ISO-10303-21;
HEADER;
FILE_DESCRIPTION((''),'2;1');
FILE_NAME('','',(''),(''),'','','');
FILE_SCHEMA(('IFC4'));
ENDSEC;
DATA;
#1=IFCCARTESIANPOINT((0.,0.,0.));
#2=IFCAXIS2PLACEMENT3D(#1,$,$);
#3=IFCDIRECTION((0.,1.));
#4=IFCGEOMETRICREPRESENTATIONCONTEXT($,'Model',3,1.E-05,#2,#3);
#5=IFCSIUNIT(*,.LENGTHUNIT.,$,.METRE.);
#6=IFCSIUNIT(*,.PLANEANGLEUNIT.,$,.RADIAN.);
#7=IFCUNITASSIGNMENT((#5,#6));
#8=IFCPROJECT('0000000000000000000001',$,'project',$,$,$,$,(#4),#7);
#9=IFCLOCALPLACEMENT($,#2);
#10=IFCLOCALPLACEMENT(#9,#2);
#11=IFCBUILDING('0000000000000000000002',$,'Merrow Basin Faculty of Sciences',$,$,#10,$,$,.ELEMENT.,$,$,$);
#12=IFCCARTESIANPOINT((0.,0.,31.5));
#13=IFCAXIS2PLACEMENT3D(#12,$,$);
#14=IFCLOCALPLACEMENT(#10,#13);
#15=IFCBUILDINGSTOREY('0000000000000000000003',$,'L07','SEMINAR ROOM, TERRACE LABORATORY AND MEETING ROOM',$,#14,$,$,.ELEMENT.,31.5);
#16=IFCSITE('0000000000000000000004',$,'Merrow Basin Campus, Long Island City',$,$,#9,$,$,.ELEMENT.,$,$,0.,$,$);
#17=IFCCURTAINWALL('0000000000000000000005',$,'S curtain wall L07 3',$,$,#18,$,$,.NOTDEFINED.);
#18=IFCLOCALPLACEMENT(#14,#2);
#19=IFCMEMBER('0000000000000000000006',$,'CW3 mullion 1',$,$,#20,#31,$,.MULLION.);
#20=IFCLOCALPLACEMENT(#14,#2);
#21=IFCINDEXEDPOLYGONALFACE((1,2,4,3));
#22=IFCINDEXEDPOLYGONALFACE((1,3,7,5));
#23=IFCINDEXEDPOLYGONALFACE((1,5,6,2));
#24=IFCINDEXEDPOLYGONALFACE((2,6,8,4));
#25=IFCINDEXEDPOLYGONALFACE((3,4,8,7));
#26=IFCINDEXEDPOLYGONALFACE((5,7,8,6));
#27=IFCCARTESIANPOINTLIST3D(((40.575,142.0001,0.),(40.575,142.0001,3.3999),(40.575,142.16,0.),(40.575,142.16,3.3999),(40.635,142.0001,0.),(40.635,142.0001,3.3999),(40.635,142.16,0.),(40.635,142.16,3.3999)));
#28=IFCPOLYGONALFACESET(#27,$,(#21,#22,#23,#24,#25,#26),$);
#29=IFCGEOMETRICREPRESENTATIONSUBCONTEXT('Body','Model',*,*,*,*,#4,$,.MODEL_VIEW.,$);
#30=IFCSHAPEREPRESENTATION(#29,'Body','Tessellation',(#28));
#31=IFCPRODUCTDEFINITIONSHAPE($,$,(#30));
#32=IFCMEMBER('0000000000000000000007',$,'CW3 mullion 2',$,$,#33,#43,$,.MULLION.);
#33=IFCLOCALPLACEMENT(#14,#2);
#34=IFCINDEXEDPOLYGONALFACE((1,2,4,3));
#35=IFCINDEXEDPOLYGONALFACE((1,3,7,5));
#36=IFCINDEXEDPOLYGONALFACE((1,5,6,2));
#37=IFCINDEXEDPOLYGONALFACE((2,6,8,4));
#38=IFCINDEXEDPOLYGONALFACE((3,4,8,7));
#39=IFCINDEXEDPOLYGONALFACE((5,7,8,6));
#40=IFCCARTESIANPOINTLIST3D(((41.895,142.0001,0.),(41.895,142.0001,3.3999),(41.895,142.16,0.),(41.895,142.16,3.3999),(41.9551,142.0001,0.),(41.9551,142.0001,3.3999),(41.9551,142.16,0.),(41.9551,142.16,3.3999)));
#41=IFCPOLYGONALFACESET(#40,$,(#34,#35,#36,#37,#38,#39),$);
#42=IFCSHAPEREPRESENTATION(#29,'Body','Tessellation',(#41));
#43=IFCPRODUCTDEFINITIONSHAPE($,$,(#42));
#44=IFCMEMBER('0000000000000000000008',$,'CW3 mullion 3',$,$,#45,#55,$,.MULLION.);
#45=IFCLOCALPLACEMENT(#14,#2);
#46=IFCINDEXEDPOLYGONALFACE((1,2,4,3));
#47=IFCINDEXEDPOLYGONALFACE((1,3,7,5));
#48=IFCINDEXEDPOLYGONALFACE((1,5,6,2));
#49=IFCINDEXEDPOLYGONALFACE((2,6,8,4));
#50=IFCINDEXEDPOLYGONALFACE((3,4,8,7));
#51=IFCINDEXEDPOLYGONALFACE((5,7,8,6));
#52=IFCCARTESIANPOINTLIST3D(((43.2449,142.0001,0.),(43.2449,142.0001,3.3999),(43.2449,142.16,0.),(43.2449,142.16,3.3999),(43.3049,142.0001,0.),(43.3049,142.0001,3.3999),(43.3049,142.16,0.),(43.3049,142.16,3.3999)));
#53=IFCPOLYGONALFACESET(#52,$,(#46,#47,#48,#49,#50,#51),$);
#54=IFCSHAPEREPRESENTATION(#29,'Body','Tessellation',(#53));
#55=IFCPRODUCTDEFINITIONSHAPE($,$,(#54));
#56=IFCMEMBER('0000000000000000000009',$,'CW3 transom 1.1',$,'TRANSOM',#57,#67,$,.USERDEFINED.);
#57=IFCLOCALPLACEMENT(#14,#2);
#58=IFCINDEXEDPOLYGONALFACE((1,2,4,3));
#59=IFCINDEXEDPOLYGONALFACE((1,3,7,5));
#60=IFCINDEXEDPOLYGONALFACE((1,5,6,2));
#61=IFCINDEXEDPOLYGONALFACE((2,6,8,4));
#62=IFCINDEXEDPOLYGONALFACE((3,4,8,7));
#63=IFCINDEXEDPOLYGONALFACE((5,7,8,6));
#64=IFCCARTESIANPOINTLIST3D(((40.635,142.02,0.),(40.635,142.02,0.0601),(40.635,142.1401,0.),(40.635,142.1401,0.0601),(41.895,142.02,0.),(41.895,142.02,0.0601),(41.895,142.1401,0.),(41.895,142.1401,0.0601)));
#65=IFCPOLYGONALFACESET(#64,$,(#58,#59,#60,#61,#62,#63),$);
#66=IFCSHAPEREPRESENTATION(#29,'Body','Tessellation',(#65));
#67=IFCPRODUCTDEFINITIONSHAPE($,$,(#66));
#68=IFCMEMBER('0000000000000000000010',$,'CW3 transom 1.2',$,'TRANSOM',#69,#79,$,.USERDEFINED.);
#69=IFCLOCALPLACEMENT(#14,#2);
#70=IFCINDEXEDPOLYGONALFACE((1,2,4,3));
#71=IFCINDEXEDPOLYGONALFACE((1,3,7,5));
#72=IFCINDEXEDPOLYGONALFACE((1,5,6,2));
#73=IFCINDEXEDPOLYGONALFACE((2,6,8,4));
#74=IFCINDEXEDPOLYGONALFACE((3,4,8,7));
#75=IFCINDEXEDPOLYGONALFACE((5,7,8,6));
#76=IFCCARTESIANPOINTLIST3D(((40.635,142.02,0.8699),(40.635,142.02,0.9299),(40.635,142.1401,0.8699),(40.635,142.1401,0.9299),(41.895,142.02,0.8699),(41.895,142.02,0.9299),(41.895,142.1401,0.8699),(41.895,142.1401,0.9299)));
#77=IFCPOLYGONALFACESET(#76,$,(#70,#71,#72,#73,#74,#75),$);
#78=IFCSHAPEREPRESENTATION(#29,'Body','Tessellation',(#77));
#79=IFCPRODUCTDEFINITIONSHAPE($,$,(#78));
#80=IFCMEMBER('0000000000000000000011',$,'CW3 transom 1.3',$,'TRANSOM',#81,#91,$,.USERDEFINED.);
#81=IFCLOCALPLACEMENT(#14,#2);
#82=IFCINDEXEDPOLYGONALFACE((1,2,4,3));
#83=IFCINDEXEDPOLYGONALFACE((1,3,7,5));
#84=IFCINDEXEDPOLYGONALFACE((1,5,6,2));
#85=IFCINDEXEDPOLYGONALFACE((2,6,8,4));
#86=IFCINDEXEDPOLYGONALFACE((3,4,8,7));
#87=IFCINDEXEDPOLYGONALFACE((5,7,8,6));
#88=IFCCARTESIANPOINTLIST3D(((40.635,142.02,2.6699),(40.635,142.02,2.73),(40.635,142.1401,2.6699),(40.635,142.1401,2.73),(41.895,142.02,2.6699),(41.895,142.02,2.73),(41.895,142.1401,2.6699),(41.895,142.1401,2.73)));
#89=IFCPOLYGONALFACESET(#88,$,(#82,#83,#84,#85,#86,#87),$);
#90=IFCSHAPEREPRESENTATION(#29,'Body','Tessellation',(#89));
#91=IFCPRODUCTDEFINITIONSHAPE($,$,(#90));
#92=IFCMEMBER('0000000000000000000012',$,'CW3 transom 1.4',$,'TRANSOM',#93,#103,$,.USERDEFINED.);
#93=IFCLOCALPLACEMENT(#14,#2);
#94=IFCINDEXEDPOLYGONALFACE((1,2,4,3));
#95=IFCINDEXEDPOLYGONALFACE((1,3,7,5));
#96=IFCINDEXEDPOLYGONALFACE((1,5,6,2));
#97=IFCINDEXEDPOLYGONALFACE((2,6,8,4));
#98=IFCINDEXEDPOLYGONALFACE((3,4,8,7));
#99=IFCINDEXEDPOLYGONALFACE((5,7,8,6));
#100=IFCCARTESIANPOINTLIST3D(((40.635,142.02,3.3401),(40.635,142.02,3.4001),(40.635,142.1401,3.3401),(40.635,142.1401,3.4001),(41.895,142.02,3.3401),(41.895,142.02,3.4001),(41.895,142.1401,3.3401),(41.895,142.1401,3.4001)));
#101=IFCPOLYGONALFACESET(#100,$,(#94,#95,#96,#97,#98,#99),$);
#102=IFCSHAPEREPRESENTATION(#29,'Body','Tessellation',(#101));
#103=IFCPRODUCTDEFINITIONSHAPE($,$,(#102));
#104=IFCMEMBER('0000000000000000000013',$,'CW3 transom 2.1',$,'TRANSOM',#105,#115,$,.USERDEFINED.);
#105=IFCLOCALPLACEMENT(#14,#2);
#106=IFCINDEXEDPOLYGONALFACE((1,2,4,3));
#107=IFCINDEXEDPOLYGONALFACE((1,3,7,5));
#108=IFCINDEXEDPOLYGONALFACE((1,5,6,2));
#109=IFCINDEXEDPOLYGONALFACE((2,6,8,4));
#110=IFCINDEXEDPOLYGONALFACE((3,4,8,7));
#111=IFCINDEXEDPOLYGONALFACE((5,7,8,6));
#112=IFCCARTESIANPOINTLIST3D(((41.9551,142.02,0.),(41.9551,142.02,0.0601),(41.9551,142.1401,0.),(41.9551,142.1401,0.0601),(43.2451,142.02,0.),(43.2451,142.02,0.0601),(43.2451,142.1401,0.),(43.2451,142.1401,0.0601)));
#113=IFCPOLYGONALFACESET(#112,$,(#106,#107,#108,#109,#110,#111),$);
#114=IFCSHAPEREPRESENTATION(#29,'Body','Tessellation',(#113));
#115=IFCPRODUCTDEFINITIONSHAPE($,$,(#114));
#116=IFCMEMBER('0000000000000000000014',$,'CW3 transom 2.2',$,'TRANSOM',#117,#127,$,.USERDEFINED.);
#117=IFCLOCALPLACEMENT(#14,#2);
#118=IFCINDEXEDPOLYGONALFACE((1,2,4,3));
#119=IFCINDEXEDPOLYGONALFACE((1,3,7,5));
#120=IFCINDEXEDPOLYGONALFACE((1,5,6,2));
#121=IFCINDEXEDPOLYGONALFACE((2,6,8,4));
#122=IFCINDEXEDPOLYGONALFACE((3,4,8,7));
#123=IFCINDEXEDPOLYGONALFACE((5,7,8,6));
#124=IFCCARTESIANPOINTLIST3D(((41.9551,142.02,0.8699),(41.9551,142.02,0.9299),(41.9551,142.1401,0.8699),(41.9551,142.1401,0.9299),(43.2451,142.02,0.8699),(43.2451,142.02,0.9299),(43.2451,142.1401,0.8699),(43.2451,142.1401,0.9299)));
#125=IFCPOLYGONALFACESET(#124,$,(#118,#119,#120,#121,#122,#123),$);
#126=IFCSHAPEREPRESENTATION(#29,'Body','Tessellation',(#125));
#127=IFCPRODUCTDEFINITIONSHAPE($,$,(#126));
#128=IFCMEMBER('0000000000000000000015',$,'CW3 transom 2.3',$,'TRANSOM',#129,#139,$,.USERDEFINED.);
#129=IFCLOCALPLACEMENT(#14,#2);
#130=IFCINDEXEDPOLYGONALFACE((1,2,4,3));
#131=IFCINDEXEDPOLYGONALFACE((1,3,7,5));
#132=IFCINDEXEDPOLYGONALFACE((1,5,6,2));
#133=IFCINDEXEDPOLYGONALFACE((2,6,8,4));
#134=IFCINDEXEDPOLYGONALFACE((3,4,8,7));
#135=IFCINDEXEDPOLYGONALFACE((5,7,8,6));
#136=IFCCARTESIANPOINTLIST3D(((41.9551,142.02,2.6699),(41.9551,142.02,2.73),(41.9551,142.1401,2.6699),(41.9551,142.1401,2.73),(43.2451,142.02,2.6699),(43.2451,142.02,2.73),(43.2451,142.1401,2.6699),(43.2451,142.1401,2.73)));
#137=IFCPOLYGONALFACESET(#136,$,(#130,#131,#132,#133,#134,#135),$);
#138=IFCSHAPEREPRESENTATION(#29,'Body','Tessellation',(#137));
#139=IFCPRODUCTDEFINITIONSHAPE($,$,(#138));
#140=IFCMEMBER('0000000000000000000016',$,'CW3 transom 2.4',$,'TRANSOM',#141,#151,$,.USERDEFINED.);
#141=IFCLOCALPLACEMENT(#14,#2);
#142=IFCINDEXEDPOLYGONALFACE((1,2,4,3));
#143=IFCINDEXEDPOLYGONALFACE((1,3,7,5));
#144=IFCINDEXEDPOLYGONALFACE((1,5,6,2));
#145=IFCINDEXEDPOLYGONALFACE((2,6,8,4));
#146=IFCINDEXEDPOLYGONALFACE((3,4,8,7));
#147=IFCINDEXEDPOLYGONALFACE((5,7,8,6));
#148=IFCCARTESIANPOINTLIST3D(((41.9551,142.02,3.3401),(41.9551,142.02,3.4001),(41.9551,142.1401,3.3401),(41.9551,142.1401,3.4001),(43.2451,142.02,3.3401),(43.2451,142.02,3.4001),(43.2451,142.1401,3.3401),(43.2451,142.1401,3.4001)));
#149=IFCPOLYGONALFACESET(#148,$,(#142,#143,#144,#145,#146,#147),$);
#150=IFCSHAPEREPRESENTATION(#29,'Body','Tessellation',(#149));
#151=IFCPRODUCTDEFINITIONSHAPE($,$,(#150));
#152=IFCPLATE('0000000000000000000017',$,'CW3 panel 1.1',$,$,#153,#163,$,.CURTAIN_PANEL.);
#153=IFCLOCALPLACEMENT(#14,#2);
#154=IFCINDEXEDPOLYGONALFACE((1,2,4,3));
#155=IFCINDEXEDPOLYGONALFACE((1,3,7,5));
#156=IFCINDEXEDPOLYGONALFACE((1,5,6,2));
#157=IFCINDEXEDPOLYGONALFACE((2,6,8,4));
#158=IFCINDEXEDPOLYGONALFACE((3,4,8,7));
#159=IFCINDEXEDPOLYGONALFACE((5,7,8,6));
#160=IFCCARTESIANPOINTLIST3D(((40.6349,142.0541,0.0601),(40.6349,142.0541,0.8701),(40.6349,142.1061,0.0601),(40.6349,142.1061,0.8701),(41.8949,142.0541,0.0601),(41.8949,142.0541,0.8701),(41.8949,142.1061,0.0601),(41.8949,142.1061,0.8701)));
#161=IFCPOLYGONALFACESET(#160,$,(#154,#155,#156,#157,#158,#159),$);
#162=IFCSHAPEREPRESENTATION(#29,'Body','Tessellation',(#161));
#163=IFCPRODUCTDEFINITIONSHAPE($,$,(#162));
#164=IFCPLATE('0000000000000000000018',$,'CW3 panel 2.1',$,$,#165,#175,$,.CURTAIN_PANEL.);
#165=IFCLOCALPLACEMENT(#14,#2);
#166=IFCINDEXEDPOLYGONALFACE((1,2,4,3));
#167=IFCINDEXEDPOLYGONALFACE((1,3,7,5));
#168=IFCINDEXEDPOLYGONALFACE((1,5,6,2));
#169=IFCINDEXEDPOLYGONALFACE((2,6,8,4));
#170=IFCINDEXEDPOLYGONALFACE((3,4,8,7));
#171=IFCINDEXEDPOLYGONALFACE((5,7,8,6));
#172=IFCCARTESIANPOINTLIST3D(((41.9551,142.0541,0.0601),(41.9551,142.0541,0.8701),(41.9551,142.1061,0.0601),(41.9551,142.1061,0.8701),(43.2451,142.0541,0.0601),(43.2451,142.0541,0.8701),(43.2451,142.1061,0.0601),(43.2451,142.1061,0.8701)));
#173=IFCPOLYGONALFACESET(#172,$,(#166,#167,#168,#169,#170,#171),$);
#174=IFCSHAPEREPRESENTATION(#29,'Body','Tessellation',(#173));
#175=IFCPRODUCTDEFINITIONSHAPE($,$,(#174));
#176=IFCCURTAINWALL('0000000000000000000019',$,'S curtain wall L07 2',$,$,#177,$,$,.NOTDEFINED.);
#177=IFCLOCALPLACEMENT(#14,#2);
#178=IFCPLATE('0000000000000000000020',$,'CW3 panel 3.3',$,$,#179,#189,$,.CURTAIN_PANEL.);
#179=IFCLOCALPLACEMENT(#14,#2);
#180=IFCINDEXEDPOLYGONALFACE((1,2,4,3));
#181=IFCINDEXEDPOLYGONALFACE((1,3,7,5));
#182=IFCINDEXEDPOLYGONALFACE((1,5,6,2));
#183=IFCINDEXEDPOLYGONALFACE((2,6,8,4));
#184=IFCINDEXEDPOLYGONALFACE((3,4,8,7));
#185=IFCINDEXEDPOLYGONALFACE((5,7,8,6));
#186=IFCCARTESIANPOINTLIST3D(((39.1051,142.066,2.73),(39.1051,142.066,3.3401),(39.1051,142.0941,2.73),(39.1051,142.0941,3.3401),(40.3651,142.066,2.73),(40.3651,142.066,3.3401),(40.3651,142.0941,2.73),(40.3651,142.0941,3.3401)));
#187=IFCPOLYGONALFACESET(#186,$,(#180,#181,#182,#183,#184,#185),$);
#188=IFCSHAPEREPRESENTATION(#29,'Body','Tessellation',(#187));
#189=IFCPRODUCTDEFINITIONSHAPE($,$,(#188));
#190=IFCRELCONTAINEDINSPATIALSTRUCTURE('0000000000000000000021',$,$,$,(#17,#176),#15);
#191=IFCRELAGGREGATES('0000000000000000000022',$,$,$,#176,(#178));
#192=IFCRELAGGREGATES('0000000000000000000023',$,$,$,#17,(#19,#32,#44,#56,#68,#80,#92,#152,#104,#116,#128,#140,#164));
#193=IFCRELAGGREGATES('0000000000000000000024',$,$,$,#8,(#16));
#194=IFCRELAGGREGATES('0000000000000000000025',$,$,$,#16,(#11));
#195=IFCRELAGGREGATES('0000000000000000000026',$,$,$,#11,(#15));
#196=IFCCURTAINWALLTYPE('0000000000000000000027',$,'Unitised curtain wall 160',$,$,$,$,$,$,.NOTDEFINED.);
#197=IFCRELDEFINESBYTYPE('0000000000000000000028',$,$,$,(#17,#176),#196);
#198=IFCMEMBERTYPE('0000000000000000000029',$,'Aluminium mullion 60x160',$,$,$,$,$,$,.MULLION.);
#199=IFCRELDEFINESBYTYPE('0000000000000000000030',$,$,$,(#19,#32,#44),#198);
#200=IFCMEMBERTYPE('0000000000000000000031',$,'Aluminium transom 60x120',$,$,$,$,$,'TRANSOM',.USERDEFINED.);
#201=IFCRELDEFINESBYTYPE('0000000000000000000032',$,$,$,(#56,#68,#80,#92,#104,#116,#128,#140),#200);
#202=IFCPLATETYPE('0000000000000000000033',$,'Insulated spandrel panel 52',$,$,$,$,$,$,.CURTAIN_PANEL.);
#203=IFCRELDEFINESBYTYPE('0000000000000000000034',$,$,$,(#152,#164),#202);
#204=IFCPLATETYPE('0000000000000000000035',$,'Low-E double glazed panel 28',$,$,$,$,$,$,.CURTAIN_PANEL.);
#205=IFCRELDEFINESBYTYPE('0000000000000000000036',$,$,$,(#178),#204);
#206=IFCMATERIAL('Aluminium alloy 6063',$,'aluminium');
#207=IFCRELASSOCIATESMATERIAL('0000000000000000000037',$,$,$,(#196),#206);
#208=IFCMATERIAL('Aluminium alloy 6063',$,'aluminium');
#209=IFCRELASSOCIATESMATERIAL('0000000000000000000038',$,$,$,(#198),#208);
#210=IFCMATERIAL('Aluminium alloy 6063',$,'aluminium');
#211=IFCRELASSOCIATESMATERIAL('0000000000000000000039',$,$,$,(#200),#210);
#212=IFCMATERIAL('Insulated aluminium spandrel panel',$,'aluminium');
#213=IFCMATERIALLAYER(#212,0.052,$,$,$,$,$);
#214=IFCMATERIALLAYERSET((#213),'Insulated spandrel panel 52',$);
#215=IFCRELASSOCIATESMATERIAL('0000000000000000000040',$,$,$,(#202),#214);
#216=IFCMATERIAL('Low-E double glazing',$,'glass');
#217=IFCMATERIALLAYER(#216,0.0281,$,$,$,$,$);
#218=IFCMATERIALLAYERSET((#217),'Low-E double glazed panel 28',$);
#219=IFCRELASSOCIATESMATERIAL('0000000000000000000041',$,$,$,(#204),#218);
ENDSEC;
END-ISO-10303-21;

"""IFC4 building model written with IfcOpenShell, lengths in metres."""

from ifc_helpers import new_model, si_unit, direction, frame, origin, origin_2d, place, context, subcontext, project, spatial, rectangle, extrude, material, layer, layer_set, material_profile, profile_set, type_object, element, aggregate, save


model = new_model("IFC4")

# Units and contexts
model_context = context("Model", 3, precision=1e-05, world=origin(), true_north=direction((0.0, 1.0)))
body_context = subcontext(model_context, "Body", "Model", "MODEL_VIEW")
ifc_project = project(units=[si_unit("LENGTHUNIT", "METRE"), si_unit("PLANEANGLEUNIT", "RADIAN")], contexts=[model_context])

# Site, building, storey
site_placement = place(None, origin())
site = spatial("IfcSite", under=ifc_project, at=site_placement, Name="Merrow Basin Campus, Long Island City", CompositionType="ELEMENT", RefElevation=0.0)
building_placement = place(site_placement, origin())
building = spatial("IfcBuilding", under=site, at=building_placement, Name="Merrow Basin Faculty of Sciences", CompositionType="ELEMENT")
storey_placement = place(building_placement, frame((0.0, 0.0, 31.5)))
storey = spatial("IfcBuildingStorey", under=building, at=storey_placement, Name="L07", Description="SEMINAR ROOM, TERRACE LABORATORY AND MEETING ROOM", CompositionType="ELEMENT", Elevation=31.5)

# Curtain wall, members, plates
ifc_material_1 = material(Name="Aluminium alloy 6063", Category="aluminium")
curtain_wall_type = type_object("IfcCurtainWallType", Name="Unitised curtain wall 160", PredefinedType="NOTDEFINED", material=ifc_material_1)
curtain_wall_1_placement = place(storey_placement, origin())
curtain_wall_1 = element("IfcCurtainWall", 1, at=curtain_wall_1_placement, inside=storey, type_object=curtain_wall_type, Name="S curtain wall L07 3", PredefinedType="NOTDEFINED")
ifc_material_2 = material(Name="Aluminium alloy 6063", Category="aluminium")
ifc_material_profile_1 = material_profile(ifc_material_2, rectangle(XDim=0.1599, YDim=0.0601, at=origin_2d()))
ifc_profile_set_1 = profile_set([ifc_material_profile_1], Name="Aluminium alloy 6063")
member_type_1 = type_object("IfcMemberType", Name="Aluminium mullion 60x160", PredefinedType="MULLION", material=ifc_profile_set_1)
member_1_placement = place(storey_placement, frame((40.605, 142.0801, 0.0), z_axis=(0.0, 0.0, 1.0), x_axis=(0.0, 1.0, 0.0)))
member_1 = element("IfcMember", 2, at=member_1_placement, type_object=member_type_1, Name="CW3 mullion 1", PredefinedType="MULLION", context=body_context, shape_type="SweptSolid", body=[
    extrude(rectangle(XDim=0.1599, YDim=0.0601, at=origin_2d()), origin(), (0.0, 0.0, 1.0), 3.3999),
])
member_2_placement = place(storey_placement, frame((41.925, 142.0801, 0.0), z_axis=(0.0, 0.0, 1.0), x_axis=(0.0, 1.0, 0.0)))
member_2 = element("IfcMember", 3, at=member_2_placement, type_object=member_type_1, Name="CW3 mullion 2", PredefinedType="MULLION", context=body_context, shape_type="SweptSolid", body=[
    extrude(rectangle(XDim=0.1599, YDim=0.0601, at=origin_2d()), origin(), (0.0, 0.0, 1.0), 3.3999),
])
member_3_placement = place(storey_placement, frame((43.2749, 142.0801, 0.0), z_axis=(0.0, 0.0, 1.0), x_axis=(0.0, 1.0, 0.0)))
member_3 = element("IfcMember", 4, at=member_3_placement, type_object=member_type_1, Name="CW3 mullion 3", PredefinedType="MULLION", context=body_context, shape_type="SweptSolid", body=[
    extrude(rectangle(XDim=0.1599, YDim=0.0601, at=origin_2d()), origin(), (0.0, 0.0, 1.0), 3.3999),
])
ifc_material_3 = material(Name="Aluminium alloy 6063", Category="aluminium")
ifc_material_profile_2 = material_profile(ifc_material_3, rectangle(XDim=0.1201, YDim=0.0601, at=origin_2d()))
ifc_profile_set_2 = profile_set([ifc_material_profile_2], Name="Aluminium alloy 6063")
member_type_2 = type_object("IfcMemberType", Name="Aluminium transom 60x120", ElementType="TRANSOM", PredefinedType="USERDEFINED", material=ifc_profile_set_2)
member_4_placement = place(storey_placement, frame((40.635, 142.0801, 0.03), z_axis=(1.0, 0.0, 0.0), x_axis=(0.0, 1.0, 0.0)))
member_4 = element("IfcMember", 5, at=member_4_placement, type_object=member_type_2, Name="CW3 transom 1.1", ObjectType="TRANSOM", PredefinedType="USERDEFINED", context=body_context, shape_type="SweptSolid", body=[
    extrude(rectangle(XDim=0.1201, YDim=0.0601, at=origin_2d()), origin(), (0.0, 0.0, 1.0), 1.26),
])
member_5_placement = place(storey_placement, frame((40.635, 142.0801, 0.8999), z_axis=(1.0, 0.0, 0.0), x_axis=(0.0, 1.0, 0.0)))
member_5 = element("IfcMember", 6, at=member_5_placement, type_object=member_type_2, Name="CW3 transom 1.2", ObjectType="TRANSOM", PredefinedType="USERDEFINED", context=body_context, shape_type="SweptSolid", body=[
    extrude(rectangle(XDim=0.1201, YDim=0.0601, at=origin_2d()), origin(), (0.0, 0.0, 1.0), 1.26),
])
member_6_placement = place(storey_placement, frame((40.635, 142.0801, 2.7), z_axis=(1.0, 0.0, 0.0), x_axis=(0.0, 1.0, 0.0)))
member_6 = element("IfcMember", 7, at=member_6_placement, type_object=member_type_2, Name="CW3 transom 1.3", ObjectType="TRANSOM", PredefinedType="USERDEFINED", context=body_context, shape_type="SweptSolid", body=[
    extrude(rectangle(XDim=0.1201, YDim=0.0601, at=origin_2d()), origin(), (0.0, 0.0, 1.0), 1.26),
])
member_7_placement = place(storey_placement, frame((40.635, 142.0801, 3.3701), z_axis=(1.0, 0.0, 0.0), x_axis=(0.0, 1.0, 0.0)))
member_7 = element("IfcMember", 8, at=member_7_placement, type_object=member_type_2, Name="CW3 transom 1.4", ObjectType="TRANSOM", PredefinedType="USERDEFINED", context=body_context, shape_type="SweptSolid", body=[
    extrude(rectangle(XDim=0.1201, YDim=0.0601, at=origin_2d()), origin(), (0.0, 0.0, 1.0), 1.26),
])
member_8_placement = place(storey_placement, frame((41.9551, 142.0801, 0.03), z_axis=(1.0, 0.0, 0.0), x_axis=(0.0, 1.0, 0.0)))
member_8 = element("IfcMember", 9, at=member_8_placement, type_object=member_type_2, Name="CW3 transom 2.1", ObjectType="TRANSOM", PredefinedType="USERDEFINED", context=body_context, shape_type="SweptSolid", body=[
    extrude(rectangle(XDim=0.1201, YDim=0.0601, at=origin_2d()), origin(), (0.0, 0.0, 1.0), 1.29),
])
member_9_placement = place(storey_placement, frame((41.9551, 142.0801, 0.8999), z_axis=(1.0, 0.0, 0.0), x_axis=(0.0, 1.0, 0.0)))
member_9 = element("IfcMember", 10, at=member_9_placement, type_object=member_type_2, Name="CW3 transom 2.2", ObjectType="TRANSOM", PredefinedType="USERDEFINED", context=body_context, shape_type="SweptSolid", body=[
    extrude(rectangle(XDim=0.1201, YDim=0.0601, at=origin_2d()), origin(), (0.0, 0.0, 1.0), 1.29),
])
member_10_placement = place(storey_placement, frame((41.9551, 142.0801, 2.7), z_axis=(1.0, 0.0, 0.0), x_axis=(0.0, 1.0, 0.0)))
member_10 = element("IfcMember", 11, at=member_10_placement, type_object=member_type_2, Name="CW3 transom 2.3", ObjectType="TRANSOM", PredefinedType="USERDEFINED", context=body_context, shape_type="SweptSolid", body=[
    extrude(rectangle(XDim=0.1201, YDim=0.0601, at=origin_2d()), origin(), (0.0, 0.0, 1.0), 1.29),
])
member_11_placement = place(storey_placement, frame((41.9551, 142.0801, 3.3701), z_axis=(1.0, 0.0, 0.0), x_axis=(0.0, 1.0, 0.0)))
member_11 = element("IfcMember", 12, at=member_11_placement, type_object=member_type_2, Name="CW3 transom 2.4", ObjectType="TRANSOM", PredefinedType="USERDEFINED", context=body_context, shape_type="SweptSolid", body=[
    extrude(rectangle(XDim=0.1201, YDim=0.0601, at=origin_2d()), origin(), (0.0, 0.0, 1.0), 1.29),
])
ifc_material_4 = material(Name="Insulated aluminium spandrel panel", Category="aluminium")
ifc_layer_1 = layer(ifc_material_4, 0.052)
ifc_layer_set_1 = layer_set([ifc_layer_1], Name="Insulated spandrel panel 52")
plate_type_1 = type_object("IfcPlateType", Name="Insulated spandrel panel 52", PredefinedType="CURTAIN_PANEL", material=ifc_layer_set_1)
plate_1_placement = place(storey_placement, frame((41.2649, 142.0801, 0.0601), z_axis=(0.0, 0.0, 1.0), x_axis=(1.0, 0.0, 0.0)))
plate_1 = element("IfcPlate", 13, at=plate_1_placement, type_object=plate_type_1, Name="CW3 panel 1.1", PredefinedType="CURTAIN_PANEL", context=body_context, shape_type="SweptSolid", body=[
    extrude(rectangle(XDim=1.26, YDim=0.052, at=origin_2d()), origin(), (0.0, 0.0, 1.0), 0.8101),
])
plate_2_placement = place(storey_placement, frame((42.6001, 142.0801, 0.0601), z_axis=(0.0, 0.0, 1.0), x_axis=(1.0, 0.0, 0.0)))
plate_2 = element("IfcPlate", 14, at=plate_2_placement, type_object=plate_type_1, Name="CW3 panel 2.1", PredefinedType="CURTAIN_PANEL", context=body_context, shape_type="SweptSolid", body=[
    extrude(rectangle(XDim=1.29, YDim=0.052, at=origin_2d()), origin(), (0.0, 0.0, 1.0), 0.8101),
])

# Curtain wall, plate
curtain_wall_2_placement = place(storey_placement, origin())
curtain_wall_2 = element("IfcCurtainWall", 15, at=curtain_wall_2_placement, inside=storey, type_object=curtain_wall_type, Name="S curtain wall L07 2", PredefinedType="NOTDEFINED")
ifc_material_5 = material(Name="Low-E double glazing", Category="glass")
ifc_layer_2 = layer(ifc_material_5, 0.0281)
ifc_layer_set_2 = layer_set([ifc_layer_2], Name="Low-E double glazed panel 28")
plate_type_2 = type_object("IfcPlateType", Name="Low-E double glazed panel 28", PredefinedType="CURTAIN_PANEL", material=ifc_layer_set_2)
plate_3_placement = place(storey_placement, frame((39.7351, 142.0801, 2.73), z_axis=(0.0, 0.0, 1.0), x_axis=(1.0, 0.0, 0.0)))
plate_3 = element("IfcPlate", 16, at=plate_3_placement, type_object=plate_type_2, Name="CW3 panel 3.3", PredefinedType="CURTAIN_PANEL", context=body_context, shape_type="SweptSolid", body=[
    extrude(rectangle(XDim=1.26, YDim=0.0281, at=origin_2d()), origin(), (0.0, 0.0, 1.0), 0.6101),
])
aggregate(curtain_wall_2, [plate_3])

aggregate(curtain_wall_1, [member_1, member_2, member_3, member_4, member_5, member_6, member_7, plate_1, member_8, member_9, member_10, member_11, plate_2])

save(model, "model.ifc")
